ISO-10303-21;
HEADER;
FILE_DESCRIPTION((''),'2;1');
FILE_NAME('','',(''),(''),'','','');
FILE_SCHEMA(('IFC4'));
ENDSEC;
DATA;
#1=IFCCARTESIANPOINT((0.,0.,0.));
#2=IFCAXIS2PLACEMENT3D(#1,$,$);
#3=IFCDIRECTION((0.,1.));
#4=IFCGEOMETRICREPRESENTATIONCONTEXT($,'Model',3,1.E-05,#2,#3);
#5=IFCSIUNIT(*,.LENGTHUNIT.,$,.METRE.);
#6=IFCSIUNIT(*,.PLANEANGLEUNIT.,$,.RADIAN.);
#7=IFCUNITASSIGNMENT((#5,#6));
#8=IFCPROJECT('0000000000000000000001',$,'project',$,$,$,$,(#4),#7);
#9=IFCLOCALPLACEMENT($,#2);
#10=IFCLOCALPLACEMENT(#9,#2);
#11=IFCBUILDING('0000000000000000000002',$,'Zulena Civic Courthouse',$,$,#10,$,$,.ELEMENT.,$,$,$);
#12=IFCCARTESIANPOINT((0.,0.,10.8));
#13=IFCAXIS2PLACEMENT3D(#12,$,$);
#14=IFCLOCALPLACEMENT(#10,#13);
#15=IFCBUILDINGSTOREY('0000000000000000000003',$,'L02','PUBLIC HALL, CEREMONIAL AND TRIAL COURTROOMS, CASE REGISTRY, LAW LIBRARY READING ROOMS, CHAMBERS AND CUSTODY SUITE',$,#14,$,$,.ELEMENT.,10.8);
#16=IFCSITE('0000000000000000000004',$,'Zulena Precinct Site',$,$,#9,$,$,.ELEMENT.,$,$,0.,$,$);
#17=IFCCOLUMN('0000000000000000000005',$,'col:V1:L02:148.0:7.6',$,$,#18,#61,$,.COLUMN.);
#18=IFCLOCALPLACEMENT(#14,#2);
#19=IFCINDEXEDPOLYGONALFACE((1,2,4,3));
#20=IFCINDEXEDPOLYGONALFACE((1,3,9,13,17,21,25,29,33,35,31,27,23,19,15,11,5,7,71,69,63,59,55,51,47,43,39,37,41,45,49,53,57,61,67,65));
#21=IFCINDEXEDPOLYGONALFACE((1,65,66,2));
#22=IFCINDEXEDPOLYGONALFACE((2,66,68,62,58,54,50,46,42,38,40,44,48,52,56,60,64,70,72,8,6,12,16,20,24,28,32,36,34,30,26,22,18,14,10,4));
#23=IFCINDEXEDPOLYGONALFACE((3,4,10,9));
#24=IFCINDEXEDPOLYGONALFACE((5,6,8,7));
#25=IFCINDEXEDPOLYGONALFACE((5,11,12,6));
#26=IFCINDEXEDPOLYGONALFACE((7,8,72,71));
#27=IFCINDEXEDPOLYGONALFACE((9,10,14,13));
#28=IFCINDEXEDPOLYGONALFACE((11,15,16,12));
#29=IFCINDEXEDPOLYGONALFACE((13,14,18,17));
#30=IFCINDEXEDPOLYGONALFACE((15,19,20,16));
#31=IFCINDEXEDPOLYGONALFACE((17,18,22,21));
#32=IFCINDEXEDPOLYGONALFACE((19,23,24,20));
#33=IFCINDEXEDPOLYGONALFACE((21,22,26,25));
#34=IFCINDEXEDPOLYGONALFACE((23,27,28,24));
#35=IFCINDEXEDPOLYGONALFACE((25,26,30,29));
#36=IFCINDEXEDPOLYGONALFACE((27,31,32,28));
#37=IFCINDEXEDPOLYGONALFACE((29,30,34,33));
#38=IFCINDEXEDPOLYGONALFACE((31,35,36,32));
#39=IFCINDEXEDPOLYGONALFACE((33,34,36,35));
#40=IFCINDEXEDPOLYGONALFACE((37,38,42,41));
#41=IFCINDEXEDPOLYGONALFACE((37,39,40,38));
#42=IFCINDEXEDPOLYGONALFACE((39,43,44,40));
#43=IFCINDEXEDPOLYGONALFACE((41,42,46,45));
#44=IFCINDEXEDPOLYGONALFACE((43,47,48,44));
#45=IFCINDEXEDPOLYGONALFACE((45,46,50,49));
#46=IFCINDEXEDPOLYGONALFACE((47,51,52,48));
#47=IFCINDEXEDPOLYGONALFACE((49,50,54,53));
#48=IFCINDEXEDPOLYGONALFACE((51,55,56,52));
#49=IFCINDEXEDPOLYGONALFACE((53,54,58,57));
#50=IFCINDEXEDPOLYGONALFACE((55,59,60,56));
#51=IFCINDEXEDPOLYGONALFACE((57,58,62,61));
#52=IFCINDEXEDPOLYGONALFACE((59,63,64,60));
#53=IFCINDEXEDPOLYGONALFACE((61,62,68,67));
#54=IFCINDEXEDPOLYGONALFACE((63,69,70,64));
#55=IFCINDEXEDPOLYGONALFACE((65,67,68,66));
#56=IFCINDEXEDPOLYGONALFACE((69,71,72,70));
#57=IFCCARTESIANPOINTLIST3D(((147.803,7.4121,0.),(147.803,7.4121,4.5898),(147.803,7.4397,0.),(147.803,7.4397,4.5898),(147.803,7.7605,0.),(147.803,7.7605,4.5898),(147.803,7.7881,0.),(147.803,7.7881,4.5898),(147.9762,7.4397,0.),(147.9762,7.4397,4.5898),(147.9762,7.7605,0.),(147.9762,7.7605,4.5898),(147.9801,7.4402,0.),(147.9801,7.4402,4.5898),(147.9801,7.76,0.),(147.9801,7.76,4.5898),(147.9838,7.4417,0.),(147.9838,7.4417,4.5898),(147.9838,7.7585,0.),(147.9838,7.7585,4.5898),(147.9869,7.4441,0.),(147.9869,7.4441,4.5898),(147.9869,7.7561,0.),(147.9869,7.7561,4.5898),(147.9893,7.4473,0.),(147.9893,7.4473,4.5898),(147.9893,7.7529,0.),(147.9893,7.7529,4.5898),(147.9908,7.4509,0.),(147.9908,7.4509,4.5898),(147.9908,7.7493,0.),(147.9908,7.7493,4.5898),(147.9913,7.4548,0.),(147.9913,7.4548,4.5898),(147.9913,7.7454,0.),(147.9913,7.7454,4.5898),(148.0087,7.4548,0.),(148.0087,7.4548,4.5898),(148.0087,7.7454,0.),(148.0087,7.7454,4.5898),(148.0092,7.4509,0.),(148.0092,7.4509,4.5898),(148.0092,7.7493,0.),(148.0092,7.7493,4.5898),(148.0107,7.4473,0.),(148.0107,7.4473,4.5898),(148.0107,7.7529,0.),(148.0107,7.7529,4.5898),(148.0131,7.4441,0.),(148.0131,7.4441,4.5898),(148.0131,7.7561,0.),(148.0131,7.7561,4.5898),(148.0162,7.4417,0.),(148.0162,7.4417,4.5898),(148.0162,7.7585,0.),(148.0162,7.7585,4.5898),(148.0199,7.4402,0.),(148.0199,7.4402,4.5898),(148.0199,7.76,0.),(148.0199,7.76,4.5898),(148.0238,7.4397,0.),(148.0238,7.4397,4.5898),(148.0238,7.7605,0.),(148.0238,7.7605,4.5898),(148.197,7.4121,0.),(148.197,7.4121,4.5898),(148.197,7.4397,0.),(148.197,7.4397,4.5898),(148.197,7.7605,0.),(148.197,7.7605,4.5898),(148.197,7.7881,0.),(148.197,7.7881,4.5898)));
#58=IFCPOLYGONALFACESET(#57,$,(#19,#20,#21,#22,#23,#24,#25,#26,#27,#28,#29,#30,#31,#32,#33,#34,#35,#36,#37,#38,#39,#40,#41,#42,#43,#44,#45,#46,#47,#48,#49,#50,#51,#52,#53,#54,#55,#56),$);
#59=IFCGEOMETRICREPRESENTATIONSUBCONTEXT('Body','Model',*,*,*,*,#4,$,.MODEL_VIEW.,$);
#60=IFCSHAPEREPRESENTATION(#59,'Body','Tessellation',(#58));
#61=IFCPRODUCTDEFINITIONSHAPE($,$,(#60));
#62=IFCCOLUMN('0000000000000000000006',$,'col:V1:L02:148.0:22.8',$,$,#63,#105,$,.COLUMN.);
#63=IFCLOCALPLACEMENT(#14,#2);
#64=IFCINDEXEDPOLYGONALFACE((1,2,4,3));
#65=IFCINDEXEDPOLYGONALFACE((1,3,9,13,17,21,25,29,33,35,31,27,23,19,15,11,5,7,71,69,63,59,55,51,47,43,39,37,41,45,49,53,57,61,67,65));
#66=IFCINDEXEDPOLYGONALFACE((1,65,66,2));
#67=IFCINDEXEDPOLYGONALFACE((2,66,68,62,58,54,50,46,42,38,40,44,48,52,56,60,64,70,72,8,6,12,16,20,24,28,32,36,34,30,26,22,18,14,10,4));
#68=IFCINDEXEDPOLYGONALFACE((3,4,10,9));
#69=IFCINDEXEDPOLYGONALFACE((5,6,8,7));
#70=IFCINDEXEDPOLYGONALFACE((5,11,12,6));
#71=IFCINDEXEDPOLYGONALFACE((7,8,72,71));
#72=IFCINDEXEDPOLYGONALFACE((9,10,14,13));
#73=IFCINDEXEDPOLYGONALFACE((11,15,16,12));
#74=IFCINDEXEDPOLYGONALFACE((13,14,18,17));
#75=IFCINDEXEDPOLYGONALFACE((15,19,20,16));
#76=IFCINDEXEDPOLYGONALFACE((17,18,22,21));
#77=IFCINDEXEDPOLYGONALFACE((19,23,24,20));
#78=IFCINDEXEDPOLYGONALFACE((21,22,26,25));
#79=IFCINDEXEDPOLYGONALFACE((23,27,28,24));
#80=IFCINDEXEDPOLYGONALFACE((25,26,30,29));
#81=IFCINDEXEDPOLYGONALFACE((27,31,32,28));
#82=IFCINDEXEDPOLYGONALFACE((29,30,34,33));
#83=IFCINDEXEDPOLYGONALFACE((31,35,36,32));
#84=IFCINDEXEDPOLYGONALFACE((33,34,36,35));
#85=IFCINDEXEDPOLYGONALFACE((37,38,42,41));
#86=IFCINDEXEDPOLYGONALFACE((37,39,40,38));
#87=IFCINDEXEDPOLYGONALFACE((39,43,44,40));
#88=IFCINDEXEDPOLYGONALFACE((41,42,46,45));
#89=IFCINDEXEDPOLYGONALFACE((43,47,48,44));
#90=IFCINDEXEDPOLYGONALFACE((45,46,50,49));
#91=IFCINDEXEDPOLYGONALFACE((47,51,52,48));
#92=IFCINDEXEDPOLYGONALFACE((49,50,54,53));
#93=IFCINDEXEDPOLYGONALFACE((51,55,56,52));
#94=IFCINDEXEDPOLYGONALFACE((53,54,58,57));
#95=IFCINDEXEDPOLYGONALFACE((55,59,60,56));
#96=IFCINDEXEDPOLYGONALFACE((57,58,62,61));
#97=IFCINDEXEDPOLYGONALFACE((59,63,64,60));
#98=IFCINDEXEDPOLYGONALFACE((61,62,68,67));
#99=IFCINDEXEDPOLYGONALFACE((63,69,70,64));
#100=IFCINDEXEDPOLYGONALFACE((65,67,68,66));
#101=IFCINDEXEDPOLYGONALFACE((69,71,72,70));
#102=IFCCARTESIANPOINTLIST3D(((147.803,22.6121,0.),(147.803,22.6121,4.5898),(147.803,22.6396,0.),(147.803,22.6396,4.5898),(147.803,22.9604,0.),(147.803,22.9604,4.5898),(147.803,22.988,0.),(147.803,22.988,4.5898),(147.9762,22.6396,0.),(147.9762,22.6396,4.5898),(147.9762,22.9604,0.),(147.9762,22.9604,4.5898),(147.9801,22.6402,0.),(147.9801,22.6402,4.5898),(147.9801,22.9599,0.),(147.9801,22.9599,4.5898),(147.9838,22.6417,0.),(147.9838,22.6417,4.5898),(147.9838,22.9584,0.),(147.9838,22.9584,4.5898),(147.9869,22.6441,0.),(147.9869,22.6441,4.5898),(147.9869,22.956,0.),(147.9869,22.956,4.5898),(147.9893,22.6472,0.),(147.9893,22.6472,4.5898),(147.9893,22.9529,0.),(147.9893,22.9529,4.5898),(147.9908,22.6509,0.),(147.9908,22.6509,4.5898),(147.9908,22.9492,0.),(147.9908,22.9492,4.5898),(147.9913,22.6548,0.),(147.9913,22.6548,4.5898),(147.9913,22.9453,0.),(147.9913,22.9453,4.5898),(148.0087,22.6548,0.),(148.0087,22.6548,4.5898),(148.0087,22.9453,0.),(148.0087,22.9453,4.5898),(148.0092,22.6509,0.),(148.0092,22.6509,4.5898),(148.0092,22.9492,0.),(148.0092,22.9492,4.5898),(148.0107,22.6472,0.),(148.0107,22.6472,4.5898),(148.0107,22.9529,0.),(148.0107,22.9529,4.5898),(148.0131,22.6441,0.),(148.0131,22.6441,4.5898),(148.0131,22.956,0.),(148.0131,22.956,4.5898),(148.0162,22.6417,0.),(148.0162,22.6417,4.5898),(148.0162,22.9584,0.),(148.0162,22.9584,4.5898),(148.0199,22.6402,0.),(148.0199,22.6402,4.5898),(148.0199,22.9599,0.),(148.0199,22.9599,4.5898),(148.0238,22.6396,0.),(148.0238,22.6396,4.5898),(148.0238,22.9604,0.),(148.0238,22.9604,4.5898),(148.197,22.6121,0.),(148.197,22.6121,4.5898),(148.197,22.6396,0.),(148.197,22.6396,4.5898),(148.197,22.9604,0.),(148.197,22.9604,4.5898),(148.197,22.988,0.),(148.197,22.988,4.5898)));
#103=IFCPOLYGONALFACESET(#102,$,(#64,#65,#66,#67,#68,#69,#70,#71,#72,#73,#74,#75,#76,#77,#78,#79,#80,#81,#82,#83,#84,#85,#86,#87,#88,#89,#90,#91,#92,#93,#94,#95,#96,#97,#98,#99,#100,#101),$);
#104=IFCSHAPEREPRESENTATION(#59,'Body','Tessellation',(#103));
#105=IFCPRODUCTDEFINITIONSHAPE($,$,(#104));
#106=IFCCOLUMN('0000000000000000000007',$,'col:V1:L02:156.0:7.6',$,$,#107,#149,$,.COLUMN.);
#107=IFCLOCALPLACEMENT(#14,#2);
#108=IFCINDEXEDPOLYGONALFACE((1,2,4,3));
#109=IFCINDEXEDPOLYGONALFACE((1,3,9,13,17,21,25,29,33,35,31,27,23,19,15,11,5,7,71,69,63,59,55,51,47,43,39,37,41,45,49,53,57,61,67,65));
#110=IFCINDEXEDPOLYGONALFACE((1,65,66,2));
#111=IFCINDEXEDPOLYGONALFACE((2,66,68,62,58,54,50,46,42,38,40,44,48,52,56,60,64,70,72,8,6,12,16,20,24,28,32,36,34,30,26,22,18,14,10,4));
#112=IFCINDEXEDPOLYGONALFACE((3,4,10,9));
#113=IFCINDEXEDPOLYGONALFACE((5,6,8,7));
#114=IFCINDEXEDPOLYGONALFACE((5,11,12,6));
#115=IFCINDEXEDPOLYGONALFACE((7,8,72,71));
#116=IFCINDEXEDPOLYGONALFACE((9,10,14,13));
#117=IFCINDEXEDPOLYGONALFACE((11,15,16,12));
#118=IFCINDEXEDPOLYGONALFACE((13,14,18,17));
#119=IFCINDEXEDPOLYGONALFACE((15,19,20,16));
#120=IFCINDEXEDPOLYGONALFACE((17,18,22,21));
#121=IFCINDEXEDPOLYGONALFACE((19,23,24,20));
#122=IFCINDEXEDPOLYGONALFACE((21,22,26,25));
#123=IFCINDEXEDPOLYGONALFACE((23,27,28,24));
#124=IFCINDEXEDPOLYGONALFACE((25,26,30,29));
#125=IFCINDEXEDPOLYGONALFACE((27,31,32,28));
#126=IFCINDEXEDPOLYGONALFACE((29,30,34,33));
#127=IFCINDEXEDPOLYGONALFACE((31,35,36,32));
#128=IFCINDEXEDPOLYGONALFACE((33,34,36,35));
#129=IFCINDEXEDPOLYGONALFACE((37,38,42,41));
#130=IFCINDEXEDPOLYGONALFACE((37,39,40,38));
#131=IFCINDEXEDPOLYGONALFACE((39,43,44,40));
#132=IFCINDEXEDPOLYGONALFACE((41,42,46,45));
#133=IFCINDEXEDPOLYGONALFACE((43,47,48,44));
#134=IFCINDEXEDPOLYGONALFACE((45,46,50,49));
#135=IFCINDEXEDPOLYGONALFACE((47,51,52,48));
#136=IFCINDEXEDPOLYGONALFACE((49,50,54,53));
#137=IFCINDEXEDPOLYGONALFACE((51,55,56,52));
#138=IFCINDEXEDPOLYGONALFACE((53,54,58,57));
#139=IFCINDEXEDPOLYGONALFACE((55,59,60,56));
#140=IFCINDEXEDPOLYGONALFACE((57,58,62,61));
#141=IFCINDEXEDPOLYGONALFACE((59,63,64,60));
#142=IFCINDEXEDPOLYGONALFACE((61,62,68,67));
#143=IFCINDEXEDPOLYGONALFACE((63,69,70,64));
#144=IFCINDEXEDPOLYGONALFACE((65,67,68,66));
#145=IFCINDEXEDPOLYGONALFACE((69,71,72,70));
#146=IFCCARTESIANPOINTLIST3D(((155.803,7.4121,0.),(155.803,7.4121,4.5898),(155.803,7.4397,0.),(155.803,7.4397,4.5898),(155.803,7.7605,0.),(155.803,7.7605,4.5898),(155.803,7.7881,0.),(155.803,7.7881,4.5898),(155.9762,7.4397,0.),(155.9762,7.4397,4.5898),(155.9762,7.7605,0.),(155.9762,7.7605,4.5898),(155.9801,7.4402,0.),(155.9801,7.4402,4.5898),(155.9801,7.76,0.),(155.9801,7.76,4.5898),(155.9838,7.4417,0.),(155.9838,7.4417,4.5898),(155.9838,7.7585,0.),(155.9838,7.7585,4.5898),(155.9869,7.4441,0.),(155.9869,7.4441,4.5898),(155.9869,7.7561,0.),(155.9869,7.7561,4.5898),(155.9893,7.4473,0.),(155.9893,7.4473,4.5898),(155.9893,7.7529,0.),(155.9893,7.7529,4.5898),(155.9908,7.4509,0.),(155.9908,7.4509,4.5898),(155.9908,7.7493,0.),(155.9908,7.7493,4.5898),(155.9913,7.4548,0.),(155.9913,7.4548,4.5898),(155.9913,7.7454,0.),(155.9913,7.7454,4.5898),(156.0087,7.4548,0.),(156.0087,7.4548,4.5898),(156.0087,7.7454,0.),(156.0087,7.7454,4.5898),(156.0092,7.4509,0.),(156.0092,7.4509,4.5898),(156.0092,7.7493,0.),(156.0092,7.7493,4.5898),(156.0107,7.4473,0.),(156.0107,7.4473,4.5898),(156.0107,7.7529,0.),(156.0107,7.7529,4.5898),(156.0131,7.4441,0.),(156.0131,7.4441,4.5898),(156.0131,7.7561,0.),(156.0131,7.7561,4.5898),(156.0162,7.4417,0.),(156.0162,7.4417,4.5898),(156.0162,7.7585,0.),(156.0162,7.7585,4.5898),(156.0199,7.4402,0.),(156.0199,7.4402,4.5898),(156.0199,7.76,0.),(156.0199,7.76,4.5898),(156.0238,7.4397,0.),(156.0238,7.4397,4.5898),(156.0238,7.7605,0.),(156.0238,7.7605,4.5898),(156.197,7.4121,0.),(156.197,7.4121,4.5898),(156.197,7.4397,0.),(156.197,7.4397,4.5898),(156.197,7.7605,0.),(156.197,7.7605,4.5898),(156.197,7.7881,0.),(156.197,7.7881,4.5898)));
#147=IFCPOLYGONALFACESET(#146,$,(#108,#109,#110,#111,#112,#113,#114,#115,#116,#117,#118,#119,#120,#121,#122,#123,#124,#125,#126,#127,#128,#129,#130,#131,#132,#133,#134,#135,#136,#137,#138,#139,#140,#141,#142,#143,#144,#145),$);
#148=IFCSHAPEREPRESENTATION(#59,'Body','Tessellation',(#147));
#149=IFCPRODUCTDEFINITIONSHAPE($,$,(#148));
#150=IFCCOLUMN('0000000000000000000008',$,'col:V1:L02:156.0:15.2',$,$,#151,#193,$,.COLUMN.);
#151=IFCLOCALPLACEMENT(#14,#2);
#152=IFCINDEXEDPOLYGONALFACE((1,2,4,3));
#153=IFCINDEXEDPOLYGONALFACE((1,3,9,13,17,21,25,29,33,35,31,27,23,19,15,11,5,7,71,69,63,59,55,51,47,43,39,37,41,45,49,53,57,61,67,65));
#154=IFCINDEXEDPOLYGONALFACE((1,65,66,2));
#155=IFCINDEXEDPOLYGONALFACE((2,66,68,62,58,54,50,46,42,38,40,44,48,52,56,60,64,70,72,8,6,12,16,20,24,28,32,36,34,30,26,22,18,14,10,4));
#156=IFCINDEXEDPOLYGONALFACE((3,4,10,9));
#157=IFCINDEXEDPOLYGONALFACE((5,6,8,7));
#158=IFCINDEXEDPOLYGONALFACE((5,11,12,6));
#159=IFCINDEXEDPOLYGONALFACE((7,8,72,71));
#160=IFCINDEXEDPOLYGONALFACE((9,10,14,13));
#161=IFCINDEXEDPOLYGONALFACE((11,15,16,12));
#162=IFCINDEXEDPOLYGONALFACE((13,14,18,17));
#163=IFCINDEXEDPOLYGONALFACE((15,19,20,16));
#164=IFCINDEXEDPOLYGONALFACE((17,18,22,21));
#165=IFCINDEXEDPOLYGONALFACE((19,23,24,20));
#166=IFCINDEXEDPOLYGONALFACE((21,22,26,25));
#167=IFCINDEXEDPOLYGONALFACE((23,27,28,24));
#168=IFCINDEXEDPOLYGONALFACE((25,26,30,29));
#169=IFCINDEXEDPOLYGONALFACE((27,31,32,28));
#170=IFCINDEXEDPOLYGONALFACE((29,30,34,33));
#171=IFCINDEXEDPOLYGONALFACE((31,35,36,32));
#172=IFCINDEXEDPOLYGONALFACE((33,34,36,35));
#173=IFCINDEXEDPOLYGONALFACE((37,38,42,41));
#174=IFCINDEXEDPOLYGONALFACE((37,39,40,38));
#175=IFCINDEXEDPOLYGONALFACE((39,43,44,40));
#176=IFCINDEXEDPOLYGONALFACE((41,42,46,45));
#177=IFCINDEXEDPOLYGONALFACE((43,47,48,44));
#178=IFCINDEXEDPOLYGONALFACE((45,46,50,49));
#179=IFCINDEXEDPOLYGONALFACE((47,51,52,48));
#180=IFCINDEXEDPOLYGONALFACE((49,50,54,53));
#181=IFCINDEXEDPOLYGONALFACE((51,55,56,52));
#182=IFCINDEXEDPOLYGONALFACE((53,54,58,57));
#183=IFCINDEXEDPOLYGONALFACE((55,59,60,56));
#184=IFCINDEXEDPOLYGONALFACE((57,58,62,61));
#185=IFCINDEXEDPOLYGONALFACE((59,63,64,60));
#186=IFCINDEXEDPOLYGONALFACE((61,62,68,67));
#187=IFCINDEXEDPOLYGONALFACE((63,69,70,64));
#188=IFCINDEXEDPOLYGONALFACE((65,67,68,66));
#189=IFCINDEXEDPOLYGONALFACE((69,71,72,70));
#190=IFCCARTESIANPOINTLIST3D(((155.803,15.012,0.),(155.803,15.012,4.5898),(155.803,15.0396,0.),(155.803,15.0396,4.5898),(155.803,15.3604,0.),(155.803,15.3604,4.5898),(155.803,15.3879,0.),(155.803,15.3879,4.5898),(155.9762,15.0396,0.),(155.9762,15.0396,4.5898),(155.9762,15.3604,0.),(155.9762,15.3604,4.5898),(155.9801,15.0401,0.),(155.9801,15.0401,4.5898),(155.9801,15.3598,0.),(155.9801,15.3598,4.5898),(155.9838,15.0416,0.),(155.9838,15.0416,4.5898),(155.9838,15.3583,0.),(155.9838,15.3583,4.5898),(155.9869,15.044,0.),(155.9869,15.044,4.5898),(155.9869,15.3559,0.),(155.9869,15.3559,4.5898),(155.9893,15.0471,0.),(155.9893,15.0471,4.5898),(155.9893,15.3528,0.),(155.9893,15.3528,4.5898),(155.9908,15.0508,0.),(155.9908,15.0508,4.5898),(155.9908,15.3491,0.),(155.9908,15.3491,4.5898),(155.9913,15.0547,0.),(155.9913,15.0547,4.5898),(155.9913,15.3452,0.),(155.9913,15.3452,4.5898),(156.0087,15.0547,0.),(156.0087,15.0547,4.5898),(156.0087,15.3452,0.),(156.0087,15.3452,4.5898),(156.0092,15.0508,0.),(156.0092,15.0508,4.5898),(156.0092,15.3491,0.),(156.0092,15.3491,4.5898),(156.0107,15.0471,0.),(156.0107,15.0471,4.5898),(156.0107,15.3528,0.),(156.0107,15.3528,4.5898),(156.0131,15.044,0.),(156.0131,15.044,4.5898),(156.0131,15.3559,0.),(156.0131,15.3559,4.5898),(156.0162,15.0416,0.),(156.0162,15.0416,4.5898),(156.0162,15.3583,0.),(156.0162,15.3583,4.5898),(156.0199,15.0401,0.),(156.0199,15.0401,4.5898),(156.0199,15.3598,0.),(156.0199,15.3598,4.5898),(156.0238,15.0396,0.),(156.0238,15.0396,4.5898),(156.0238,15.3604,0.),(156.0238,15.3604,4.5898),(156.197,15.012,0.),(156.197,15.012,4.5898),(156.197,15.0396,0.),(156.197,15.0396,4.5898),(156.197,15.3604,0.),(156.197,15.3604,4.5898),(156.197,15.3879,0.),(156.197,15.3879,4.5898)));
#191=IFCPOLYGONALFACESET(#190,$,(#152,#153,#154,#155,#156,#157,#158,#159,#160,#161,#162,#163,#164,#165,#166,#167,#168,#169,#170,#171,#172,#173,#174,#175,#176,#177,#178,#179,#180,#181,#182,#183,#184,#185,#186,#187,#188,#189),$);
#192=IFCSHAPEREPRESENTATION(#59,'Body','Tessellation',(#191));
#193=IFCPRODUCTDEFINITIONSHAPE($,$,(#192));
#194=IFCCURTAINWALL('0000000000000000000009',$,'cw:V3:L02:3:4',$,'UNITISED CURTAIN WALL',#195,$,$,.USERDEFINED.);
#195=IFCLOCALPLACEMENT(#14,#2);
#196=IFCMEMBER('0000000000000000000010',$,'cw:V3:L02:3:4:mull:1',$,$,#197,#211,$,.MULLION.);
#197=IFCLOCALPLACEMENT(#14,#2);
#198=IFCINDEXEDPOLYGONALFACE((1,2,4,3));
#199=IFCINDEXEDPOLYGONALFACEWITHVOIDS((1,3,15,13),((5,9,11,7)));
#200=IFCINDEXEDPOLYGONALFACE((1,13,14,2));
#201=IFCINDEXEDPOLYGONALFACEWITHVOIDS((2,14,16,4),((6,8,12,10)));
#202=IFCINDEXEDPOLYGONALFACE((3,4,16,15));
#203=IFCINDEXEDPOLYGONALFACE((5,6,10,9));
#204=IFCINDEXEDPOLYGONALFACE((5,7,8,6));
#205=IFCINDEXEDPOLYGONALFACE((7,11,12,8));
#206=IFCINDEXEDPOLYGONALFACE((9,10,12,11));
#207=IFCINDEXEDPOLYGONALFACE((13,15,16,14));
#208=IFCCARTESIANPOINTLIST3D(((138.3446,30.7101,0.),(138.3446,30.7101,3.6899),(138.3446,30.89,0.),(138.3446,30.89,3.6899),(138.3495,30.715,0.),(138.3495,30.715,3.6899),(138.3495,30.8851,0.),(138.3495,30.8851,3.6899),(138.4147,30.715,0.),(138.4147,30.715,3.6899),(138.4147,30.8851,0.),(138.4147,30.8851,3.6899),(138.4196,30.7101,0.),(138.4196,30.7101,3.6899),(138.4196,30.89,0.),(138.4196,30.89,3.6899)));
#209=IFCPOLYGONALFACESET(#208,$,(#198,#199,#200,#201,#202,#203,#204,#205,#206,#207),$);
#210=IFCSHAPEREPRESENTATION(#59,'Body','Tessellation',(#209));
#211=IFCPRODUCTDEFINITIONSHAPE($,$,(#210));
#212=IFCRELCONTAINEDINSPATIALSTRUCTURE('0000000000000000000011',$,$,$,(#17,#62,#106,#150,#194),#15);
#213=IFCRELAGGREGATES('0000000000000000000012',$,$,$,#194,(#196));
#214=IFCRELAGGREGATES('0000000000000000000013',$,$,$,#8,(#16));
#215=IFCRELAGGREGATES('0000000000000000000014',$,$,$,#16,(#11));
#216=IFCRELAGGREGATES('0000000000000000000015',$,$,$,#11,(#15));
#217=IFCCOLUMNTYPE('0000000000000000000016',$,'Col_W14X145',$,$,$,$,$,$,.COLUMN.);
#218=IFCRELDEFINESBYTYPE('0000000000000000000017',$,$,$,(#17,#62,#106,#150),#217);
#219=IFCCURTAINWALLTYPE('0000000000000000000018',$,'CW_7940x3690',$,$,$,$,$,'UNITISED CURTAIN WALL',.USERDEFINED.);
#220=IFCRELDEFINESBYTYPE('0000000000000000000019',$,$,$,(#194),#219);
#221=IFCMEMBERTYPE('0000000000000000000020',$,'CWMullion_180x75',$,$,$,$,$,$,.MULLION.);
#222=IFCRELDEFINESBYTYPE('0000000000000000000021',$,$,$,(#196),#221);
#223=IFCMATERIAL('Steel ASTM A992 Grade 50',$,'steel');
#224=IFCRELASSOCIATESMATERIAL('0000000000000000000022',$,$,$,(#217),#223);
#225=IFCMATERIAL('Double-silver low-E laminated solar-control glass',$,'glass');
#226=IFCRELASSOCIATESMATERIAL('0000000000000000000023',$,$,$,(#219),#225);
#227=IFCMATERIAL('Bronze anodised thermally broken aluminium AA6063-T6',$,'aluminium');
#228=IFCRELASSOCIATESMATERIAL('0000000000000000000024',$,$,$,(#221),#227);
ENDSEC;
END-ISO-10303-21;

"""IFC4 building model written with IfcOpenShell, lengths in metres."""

from ifc_helpers import new_model, si_unit, direction, frame, origin, origin_2d, place, context, subcontext, project, spatial, hollow_rectangle, i_section, extrude, material, material_profile, profile_set, type_object, element, aggregate, save


model = new_model("IFC4")

# Units and contexts
model_context = context("Model", 3, precision=1e-05, world=origin(), true_north=direction((0.0, 1.0)))
body_context = subcontext(model_context, "Body", "Model", "MODEL_VIEW")
ifc_project = project(units=[si_unit("LENGTHUNIT", "METRE"), si_unit("PLANEANGLEUNIT", "RADIAN")], contexts=[model_context])

# Site, building, storey
site_placement = place(None, origin())
site = spatial("IfcSite", under=ifc_project, at=site_placement, Name="Zulena Precinct Site", CompositionType="ELEMENT", RefElevation=0.0)
building_placement = place(site_placement, origin())
building = spatial("IfcBuilding", under=site, at=building_placement, Name="Zulena Civic Courthouse", CompositionType="ELEMENT")
storey_placement = place(building_placement, frame((0.0, 0.0, 10.8)))
storey = spatial("IfcBuildingStorey", under=building, at=storey_placement, Name="L02", Description="PUBLIC HALL, CEREMONIAL AND TRIAL COURTROOMS, CASE REGISTRY, LAW LIBRARY READING ROOMS, CHAMBERS AND CUSTODY SUITE", CompositionType="ELEMENT", Elevation=10.8)

# Columns
ifc_material_1 = material(Name="Steel ASTM A992 Grade 50", Category="steel")
ifc_material_profile_1 = material_profile(ifc_material_1, i_section(OverallWidth=0.394, OverallDepth=0.376, WebThickness=0.0173, FlangeThickness=0.0276, FilletRadius=0.0151, at=origin_2d()), Name="W14X145")
ifc_profile_set_1 = profile_set([ifc_material_profile_1], Name="Steel ASTM A992 Grade 50")
column_type_1 = type_object("IfcColumnType", Name="Col_W14X145", PredefinedType="COLUMN", material=ifc_profile_set_1)
for number, where, z_axis, x_axis, name in (
    (1, (148.0, 7.6001, 0.0), (0.0, 0.0, 1.0), (1.0, 0.0, 0.0), "col:V1:L02:148.0:7.6"),
    (2, (148.0, 22.8, 0.0), (0.0, 0.0, 1.0), (1.0, 0.0, 0.0), "col:V1:L02:148.0:22.8"),
    (3, (156.0, 7.6001, 0.0), (0.0, 0.0, 1.0), (1.0, 0.0, 0.0), "col:V1:L02:156.0:7.6"),
    (4, (156.0, 15.2, 0.0), (0.0, 0.0, 1.0), (1.0, 0.0, 0.0), "col:V1:L02:156.0:15.2"),
):
    element("IfcColumn", number, at=place(storey_placement, frame(where, z_axis=z_axis, x_axis=x_axis)), inside=storey, type_object=column_type_1, Name=name, PredefinedType="COLUMN", context=body_context, shape_type="SweptSolid", body=[
        extrude(i_section(OverallWidth=0.394, OverallDepth=0.376, WebThickness=0.0173, FlangeThickness=0.0276, FilletRadius=0.0151, at=origin_2d()), origin(), (0.0, 0.0, 1.0), 4.5898),
    ])

# Curtain wall, member
ifc_material_2 = material(Name="Double-silver low-E laminated solar-control glass", Category="glass")
curtain_wall_type = type_object("IfcCurtainWallType", Name="CW_7940x3690", ElementType="UNITISED CURTAIN WALL", PredefinedType="USERDEFINED", material=ifc_material_2)
curtain_wall_placement = place(storey_placement, origin())
curtain_wall = element("IfcCurtainWall", 5, at=curtain_wall_placement, inside=storey, type_object=curtain_wall_type, Name="cw:V3:L02:3:4", ObjectType="UNITISED CURTAIN WALL", PredefinedType="USERDEFINED")
ifc_material_3 = material(Name="Bronze anodised thermally broken aluminium AA6063-T6", Category="aluminium")
ifc_material_profile_2 = material_profile(ifc_material_3, hollow_rectangle(XDim=0.075, YDim=0.1799, WallThickness=0.0049, at=origin_2d()), Name="CWM180X75X5")
ifc_profile_set_2 = profile_set([ifc_material_profile_2], Name="Bronze anodised thermally broken aluminium AA6063-T6")
member_type = type_object("IfcMemberType", Name="CWMullion_180x75", PredefinedType="MULLION", material=ifc_profile_set_2)
member_1_placement = place(storey_placement, frame((138.3821, 30.8, 0.0), z_axis=(0.0, 0.0, 1.0), x_axis=(1.0, 0.0, 0.0)))
member_1 = element("IfcMember", 6, at=member_1_placement, type_object=member_type, Name="cw:V3:L02:3:4:mull:1", PredefinedType="MULLION", context=body_context, shape_type="SweptSolid", body=[
    extrude(hollow_rectangle(XDim=0.075, YDim=0.1799, WallThickness=0.0049, at=origin_2d()), origin(), (0.0, 0.0, 1.0), 3.6899),
])

aggregate(curtain_wall, [member_1])

save(model, "model.ifc")
